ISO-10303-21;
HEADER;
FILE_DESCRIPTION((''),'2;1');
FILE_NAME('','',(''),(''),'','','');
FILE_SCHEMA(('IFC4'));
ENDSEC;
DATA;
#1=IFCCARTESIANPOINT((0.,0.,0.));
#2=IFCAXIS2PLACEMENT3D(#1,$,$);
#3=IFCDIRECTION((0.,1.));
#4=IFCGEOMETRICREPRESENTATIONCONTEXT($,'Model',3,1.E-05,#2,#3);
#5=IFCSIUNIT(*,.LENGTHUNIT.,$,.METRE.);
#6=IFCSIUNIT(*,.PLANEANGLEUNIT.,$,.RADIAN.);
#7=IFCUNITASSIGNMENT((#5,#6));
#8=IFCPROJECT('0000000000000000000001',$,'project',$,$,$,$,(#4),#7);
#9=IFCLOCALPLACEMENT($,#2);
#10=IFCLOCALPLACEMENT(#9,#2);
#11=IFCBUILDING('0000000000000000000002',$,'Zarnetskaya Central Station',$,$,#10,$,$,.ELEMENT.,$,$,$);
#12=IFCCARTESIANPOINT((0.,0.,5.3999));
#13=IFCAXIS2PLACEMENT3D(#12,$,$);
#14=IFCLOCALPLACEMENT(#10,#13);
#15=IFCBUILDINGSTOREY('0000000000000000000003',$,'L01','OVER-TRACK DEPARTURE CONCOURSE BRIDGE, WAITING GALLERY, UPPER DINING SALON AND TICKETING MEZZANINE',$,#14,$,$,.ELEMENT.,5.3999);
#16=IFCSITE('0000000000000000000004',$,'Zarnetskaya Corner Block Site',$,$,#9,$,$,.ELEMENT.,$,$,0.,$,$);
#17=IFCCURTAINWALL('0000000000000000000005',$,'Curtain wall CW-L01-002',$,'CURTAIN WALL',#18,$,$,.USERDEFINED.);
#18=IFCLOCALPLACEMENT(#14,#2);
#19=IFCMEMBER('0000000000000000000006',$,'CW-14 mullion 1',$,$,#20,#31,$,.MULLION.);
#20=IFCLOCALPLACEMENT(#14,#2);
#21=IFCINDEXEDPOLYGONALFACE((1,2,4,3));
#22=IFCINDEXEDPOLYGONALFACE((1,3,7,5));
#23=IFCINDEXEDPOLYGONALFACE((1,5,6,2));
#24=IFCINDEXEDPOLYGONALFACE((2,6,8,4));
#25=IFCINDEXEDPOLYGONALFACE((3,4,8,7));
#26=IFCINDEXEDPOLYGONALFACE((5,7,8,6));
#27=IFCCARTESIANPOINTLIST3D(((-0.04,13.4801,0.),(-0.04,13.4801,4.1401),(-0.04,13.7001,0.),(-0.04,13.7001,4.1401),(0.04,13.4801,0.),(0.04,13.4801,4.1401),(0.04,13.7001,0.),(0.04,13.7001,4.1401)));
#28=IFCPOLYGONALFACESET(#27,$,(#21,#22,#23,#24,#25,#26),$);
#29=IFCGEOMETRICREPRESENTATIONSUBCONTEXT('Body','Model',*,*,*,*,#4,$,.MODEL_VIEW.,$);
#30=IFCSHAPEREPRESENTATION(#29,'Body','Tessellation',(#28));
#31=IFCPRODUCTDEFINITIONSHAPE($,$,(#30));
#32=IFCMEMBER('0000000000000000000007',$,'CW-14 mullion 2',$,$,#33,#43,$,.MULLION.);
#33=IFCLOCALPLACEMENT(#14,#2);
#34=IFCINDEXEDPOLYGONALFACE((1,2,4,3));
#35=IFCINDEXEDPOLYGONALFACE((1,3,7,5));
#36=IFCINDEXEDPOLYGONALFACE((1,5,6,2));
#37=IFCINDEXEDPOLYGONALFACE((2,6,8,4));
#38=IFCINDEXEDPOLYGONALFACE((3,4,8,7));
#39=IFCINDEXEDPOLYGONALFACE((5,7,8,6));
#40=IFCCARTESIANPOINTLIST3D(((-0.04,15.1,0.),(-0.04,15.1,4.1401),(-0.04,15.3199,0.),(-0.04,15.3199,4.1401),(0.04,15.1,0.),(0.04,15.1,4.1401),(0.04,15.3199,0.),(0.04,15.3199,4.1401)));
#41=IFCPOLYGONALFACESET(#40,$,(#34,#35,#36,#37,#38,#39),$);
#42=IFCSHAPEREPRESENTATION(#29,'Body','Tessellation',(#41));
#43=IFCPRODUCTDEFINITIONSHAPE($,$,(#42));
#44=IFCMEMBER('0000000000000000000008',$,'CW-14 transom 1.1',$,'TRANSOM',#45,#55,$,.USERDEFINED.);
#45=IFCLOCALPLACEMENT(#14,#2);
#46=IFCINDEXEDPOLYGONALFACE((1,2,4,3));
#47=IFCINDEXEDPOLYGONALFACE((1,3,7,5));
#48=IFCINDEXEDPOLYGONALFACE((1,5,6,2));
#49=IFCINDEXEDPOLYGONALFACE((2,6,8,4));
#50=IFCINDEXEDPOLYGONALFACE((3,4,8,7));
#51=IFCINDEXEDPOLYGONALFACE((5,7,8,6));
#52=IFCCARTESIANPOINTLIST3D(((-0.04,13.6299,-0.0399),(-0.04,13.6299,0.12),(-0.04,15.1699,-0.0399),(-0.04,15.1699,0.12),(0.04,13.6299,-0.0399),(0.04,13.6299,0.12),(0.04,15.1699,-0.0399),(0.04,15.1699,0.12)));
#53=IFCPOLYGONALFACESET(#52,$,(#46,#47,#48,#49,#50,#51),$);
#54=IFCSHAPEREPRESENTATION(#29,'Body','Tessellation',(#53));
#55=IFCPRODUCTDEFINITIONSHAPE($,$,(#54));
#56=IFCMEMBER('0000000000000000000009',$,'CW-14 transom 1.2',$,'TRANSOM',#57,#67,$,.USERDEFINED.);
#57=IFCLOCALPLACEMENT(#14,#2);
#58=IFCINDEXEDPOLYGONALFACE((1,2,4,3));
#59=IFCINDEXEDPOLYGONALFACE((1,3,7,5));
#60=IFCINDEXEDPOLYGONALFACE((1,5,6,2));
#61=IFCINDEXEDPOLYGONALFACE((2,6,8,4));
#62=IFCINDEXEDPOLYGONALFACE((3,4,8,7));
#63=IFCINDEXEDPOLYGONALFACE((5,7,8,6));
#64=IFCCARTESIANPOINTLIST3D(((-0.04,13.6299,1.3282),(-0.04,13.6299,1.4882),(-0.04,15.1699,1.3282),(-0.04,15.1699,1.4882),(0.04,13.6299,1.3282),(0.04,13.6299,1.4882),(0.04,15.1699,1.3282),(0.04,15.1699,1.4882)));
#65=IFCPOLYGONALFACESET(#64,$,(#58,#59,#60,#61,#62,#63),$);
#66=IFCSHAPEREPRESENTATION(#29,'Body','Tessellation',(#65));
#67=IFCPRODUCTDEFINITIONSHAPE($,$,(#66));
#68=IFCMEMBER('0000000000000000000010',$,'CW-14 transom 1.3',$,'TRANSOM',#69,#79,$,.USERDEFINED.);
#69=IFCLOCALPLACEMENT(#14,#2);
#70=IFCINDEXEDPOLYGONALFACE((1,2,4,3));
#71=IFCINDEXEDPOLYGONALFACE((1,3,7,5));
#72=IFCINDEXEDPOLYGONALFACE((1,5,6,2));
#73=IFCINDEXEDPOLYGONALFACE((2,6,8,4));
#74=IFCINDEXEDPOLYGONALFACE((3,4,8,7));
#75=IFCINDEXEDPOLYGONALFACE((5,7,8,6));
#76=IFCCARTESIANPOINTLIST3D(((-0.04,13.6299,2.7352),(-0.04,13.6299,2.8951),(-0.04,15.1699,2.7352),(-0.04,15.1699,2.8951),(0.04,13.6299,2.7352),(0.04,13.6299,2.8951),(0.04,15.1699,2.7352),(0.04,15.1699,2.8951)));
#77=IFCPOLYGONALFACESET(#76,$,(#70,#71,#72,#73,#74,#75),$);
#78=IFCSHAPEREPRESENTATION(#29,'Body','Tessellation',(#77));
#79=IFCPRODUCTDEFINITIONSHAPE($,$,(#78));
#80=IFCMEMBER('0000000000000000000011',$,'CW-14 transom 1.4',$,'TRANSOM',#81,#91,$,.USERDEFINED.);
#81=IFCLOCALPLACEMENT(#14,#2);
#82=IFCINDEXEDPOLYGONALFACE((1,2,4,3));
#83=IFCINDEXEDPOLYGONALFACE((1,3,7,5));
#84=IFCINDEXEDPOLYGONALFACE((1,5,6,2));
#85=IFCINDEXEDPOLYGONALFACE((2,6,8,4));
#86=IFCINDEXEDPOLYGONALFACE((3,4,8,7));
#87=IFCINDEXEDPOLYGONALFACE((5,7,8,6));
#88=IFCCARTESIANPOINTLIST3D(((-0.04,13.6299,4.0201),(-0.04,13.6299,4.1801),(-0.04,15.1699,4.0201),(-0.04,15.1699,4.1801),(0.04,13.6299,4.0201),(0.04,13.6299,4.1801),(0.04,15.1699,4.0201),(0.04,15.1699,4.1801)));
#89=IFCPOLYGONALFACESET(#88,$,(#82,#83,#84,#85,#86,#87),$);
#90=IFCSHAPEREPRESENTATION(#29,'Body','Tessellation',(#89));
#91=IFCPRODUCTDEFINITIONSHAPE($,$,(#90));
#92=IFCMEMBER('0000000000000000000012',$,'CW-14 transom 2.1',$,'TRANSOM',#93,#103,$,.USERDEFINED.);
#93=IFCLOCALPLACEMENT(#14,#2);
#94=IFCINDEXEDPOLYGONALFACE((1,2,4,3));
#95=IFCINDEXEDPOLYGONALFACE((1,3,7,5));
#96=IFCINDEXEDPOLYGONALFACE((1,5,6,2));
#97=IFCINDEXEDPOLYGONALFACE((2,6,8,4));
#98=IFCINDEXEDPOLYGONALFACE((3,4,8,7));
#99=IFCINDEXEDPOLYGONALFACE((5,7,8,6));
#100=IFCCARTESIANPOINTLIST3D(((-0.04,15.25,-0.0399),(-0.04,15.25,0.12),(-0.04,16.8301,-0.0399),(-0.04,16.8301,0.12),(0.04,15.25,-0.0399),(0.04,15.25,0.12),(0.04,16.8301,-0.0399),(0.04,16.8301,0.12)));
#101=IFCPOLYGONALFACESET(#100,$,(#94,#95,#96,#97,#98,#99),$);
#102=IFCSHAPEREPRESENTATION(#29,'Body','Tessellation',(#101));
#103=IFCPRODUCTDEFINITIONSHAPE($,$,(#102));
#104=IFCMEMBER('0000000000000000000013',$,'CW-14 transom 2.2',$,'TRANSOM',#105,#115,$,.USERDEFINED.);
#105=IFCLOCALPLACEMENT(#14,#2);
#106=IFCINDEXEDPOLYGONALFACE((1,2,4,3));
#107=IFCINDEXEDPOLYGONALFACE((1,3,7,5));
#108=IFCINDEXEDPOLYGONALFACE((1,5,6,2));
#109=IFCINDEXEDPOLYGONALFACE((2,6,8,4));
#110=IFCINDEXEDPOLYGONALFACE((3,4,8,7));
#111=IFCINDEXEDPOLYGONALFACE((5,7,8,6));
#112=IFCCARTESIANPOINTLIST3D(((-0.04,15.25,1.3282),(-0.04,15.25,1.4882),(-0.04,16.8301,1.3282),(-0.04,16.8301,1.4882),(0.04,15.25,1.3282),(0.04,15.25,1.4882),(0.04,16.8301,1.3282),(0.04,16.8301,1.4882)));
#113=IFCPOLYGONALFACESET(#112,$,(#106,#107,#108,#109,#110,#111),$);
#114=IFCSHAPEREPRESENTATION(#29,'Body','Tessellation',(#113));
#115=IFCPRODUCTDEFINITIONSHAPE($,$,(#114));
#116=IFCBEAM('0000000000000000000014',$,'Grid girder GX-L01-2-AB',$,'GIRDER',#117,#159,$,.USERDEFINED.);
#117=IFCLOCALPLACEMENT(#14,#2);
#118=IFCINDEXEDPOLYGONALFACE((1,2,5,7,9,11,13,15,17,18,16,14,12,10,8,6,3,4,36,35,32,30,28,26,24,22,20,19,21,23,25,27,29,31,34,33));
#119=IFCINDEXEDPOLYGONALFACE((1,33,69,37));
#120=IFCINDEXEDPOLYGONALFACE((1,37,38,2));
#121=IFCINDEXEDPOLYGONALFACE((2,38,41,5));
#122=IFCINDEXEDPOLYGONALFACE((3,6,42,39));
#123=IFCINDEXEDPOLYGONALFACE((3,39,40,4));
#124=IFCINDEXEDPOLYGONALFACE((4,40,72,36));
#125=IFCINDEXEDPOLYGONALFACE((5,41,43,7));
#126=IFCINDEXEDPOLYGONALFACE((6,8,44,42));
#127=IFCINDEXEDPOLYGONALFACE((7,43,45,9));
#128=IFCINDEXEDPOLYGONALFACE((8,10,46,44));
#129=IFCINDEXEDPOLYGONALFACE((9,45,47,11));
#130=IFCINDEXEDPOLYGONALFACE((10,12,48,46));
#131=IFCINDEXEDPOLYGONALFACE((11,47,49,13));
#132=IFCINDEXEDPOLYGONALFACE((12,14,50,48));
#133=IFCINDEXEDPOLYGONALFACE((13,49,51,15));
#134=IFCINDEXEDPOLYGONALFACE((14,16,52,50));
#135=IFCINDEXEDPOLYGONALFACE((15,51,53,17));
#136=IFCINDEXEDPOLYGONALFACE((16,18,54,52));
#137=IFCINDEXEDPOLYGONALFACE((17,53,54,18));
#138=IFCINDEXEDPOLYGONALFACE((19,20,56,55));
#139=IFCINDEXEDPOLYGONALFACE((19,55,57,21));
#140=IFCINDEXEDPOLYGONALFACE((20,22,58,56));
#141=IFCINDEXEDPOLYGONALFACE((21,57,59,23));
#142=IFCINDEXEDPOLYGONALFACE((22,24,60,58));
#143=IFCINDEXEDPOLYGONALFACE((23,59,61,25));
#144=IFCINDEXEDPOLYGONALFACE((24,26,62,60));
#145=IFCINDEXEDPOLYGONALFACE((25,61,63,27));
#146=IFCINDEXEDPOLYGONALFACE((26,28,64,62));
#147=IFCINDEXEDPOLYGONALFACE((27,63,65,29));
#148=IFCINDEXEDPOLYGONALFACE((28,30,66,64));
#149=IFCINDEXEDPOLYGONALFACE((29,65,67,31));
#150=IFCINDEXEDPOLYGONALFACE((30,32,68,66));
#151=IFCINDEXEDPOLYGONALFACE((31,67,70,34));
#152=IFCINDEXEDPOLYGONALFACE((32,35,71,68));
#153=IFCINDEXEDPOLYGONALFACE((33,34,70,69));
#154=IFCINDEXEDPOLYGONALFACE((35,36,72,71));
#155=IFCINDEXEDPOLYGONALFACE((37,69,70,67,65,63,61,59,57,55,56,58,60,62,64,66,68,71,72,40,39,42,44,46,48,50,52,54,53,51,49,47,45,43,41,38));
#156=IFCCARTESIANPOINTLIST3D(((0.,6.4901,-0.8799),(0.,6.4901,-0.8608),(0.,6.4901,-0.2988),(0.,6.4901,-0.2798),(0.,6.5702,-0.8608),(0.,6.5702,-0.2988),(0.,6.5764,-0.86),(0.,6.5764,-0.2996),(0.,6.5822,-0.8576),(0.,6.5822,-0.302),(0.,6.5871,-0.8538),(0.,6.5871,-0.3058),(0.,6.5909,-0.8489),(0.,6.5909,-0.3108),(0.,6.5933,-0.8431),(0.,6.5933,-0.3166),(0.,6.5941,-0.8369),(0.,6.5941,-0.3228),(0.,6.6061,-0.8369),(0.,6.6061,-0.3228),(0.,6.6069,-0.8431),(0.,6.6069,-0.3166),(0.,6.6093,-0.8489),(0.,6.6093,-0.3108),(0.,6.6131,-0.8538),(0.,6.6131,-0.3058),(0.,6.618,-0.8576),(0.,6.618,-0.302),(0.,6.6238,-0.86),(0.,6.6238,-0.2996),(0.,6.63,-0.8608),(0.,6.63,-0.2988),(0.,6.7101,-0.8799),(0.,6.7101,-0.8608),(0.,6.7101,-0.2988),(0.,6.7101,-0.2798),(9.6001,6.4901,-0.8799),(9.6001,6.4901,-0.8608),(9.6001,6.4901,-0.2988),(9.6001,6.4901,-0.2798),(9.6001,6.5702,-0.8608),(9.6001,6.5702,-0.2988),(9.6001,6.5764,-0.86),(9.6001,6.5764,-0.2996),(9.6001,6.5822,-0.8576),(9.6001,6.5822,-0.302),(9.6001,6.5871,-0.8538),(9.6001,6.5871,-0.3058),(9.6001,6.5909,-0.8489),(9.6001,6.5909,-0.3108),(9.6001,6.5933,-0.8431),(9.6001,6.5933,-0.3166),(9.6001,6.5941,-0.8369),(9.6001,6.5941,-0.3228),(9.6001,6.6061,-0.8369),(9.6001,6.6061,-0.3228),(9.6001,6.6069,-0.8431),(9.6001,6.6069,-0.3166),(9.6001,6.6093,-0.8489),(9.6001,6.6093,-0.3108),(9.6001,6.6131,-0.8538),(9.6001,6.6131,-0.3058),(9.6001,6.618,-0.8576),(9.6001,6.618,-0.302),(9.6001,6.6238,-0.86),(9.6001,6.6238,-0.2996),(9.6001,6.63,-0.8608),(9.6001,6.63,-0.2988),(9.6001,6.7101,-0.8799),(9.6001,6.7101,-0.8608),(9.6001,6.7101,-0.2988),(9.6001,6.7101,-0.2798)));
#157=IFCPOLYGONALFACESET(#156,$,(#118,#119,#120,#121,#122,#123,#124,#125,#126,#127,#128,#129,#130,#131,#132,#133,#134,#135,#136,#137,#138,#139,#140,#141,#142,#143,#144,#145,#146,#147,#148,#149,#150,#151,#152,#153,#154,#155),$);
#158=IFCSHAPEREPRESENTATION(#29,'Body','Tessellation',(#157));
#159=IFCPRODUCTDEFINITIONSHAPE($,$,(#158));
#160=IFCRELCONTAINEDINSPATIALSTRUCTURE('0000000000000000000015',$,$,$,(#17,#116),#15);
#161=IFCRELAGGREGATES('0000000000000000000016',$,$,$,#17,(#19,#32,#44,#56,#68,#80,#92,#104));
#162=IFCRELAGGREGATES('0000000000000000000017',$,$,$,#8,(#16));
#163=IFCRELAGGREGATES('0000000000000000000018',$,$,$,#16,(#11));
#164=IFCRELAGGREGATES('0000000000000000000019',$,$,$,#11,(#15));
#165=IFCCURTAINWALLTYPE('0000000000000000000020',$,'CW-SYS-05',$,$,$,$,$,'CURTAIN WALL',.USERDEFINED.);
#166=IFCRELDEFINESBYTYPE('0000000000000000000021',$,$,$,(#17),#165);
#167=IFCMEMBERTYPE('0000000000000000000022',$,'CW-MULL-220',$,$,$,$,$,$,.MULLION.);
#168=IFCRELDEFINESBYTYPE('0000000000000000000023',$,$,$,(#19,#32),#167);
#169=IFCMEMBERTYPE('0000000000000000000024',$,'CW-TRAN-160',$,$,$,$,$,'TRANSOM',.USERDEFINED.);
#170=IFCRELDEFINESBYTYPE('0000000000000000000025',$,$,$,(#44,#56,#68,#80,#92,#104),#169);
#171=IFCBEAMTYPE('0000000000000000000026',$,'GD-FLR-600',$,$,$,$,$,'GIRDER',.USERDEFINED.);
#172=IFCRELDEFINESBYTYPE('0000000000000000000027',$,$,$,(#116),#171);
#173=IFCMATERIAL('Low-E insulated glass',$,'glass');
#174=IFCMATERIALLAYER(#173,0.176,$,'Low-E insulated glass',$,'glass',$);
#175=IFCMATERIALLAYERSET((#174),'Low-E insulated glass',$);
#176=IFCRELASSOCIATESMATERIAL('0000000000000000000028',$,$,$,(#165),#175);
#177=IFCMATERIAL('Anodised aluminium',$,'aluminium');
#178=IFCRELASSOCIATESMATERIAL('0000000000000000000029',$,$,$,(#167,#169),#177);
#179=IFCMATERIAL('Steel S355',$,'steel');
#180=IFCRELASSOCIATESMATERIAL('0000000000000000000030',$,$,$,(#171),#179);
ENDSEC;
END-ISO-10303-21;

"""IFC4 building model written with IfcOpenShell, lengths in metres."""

from ifc_helpers import new_model, si_unit, direction, frame, origin, origin_2d, place, context, subcontext, project, spatial, rectangle, i_section, extrude, material, layer, layer_set, material_profile, profile_set, type_object, element, aggregate, save


model = new_model("IFC4")

# Units and contexts
model_context = context("Model", 3, precision=1e-05, world=origin(), true_north=direction((0.0, 1.0)))
body_context = subcontext(model_context, "Body", "Model", "MODEL_VIEW")
ifc_project = project(units=[si_unit("LENGTHUNIT", "METRE"), si_unit("PLANEANGLEUNIT", "RADIAN")], contexts=[model_context])

# Site, building, storey
site_placement = place(None, origin())
site = spatial("IfcSite", under=ifc_project, at=site_placement, Name="Zarnetskaya Corner Block Site", CompositionType="ELEMENT", RefElevation=0.0)
building_placement = place(site_placement, origin())
building = spatial("IfcBuilding", under=site, at=building_placement, Name="Zarnetskaya Central Station", CompositionType="ELEMENT")
storey_placement = place(building_placement, frame((0.0, 0.0, 5.3999)))
storey = spatial("IfcBuildingStorey", under=building, at=storey_placement, Name="L01", Description="OVER-TRACK DEPARTURE CONCOURSE BRIDGE, WAITING GALLERY, UPPER DINING SALON AND TICKETING MEZZANINE", CompositionType="ELEMENT", Elevation=5.3999)

# Shared definitions
ifc_material_1 = material(Name="Steel S355", Category="steel")

# Curtain wall, members
ifc_material_2 = material(Name="Low-E insulated glass", Category="glass")
ifc_layer_1 = layer(ifc_material_2, 0.176, Name="Low-E insulated glass", Category="glass")
ifc_layer_set_1 = layer_set([ifc_layer_1], Name="Low-E insulated glass")
curtain_wall_type = type_object("IfcCurtainWallType", Name="CW-SYS-05", ElementType="CURTAIN WALL", PredefinedType="USERDEFINED", material=ifc_layer_set_1)
curtain_wall_placement = place(storey_placement, origin())
curtain_wall = element("IfcCurtainWall", 1, at=curtain_wall_placement, inside=storey, type_object=curtain_wall_type, Name="Curtain wall CW-L01-002", ObjectType="CURTAIN WALL", PredefinedType="USERDEFINED")
ifc_material_3 = material(Name="Anodised aluminium", Category="aluminium")
ifc_material_profile_1 = material_profile(ifc_material_3, rectangle(XDim=0.0801, YDim=0.22, at=origin_2d()), Name="ALU MULL 80x220")
ifc_profile_set_1 = profile_set([ifc_material_profile_1], Name="Anodised aluminium")
member_type_1 = type_object("IfcMemberType", Name="CW-MULL-220", PredefinedType="MULLION", material=ifc_profile_set_1)
member_1_placement = place(storey_placement, frame((0.0, 13.5901, 0.0), z_axis=(0.0, 0.0, 1.0), x_axis=(-1.0, 0.0, 0.0)))
member_1 = element("IfcMember", 2, at=member_1_placement, type_object=member_type_1, Name="CW-14 mullion 1", PredefinedType="MULLION", context=body_context, shape_type="SweptSolid", body=[
    extrude(rectangle(XDim=0.0801, YDim=0.22, at=origin_2d()), origin(), (0.0, 0.0, 1.0), 4.1401),
])
member_2_placement = place(storey_placement, frame((0.0, 15.21, 0.0), z_axis=(0.0, 0.0, 1.0), x_axis=(-1.0, 0.0, 0.0)))
member_2 = element("IfcMember", 3, at=member_2_placement, type_object=member_type_1, Name="CW-14 mullion 2", PredefinedType="MULLION", context=body_context, shape_type="SweptSolid", body=[
    extrude(rectangle(XDim=0.0801, YDim=0.22, at=origin_2d()), origin(), (0.0, 0.0, 1.0), 4.1401),
])
ifc_material_profile_2 = material_profile(ifc_material_3, rectangle(XDim=0.0801, YDim=0.1599, at=origin_2d()), Name="ALU TRAN 80x160")
ifc_profile_set_2 = profile_set([ifc_material_profile_2], Name="Anodised aluminium")
member_type_2 = type_object("IfcMemberType", Name="CW-TRAN-160", ElementType="TRANSOM", PredefinedType="USERDEFINED", material=ifc_profile_set_2)
member_3_placement = place(storey_placement, frame((0.0, 13.6299, 0.04), z_axis=(0.0, 1.0, 0.0), x_axis=(-1.0, 0.0, 0.0)))
member_3 = element("IfcMember", 4, at=member_3_placement, type_object=member_type_2, Name="CW-14 transom 1.1", ObjectType="TRANSOM", PredefinedType="USERDEFINED", context=body_context, shape_type="SweptSolid", body=[
    extrude(rectangle(XDim=0.0801, YDim=0.1599, at=origin_2d()), origin(), (0.0, 0.0, 1.0), 1.54),
])
member_4_placement = place(storey_placement, frame((0.0, 13.6299, 1.4082), z_axis=(0.0, 1.0, 0.0), x_axis=(-1.0, 0.0, 0.0)))
member_4 = element("IfcMember", 5, at=member_4_placement, type_object=member_type_2, Name="CW-14 transom 1.2", ObjectType="TRANSOM", PredefinedType="USERDEFINED", context=body_context, shape_type="SweptSolid", body=[
    extrude(rectangle(XDim=0.0801, YDim=0.1599, at=origin_2d()), origin(), (0.0, 0.0, 1.0), 1.54),
])
member_5_placement = place(storey_placement, frame((0.0, 13.6299, 2.8152), z_axis=(0.0, 1.0, 0.0), x_axis=(-1.0, 0.0, 0.0)))
member_5 = element("IfcMember", 6, at=member_5_placement, type_object=member_type_2, Name="CW-14 transom 1.3", ObjectType="TRANSOM", PredefinedType="USERDEFINED", context=body_context, shape_type="SweptSolid", body=[
    extrude(rectangle(XDim=0.0801, YDim=0.1599, at=origin_2d()), origin(), (0.0, 0.0, 1.0), 1.54),
])
member_6_placement = place(storey_placement, frame((0.0, 13.6299, 4.1001), z_axis=(0.0, 1.0, 0.0), x_axis=(-1.0, 0.0, 0.0)))
member_6 = element("IfcMember", 7, at=member_6_placement, type_object=member_type_2, Name="CW-14 transom 1.4", ObjectType="TRANSOM", PredefinedType="USERDEFINED", context=body_context, shape_type="SweptSolid", body=[
    extrude(rectangle(XDim=0.0801, YDim=0.1599, at=origin_2d()), origin(), (0.0, 0.0, 1.0), 1.54),
])
member_7_placement = place(storey_placement, frame((0.0, 15.25, 0.04), z_axis=(0.0, 1.0, 0.0), x_axis=(-1.0, 0.0, 0.0)))
member_7 = element("IfcMember", 8, at=member_7_placement, type_object=member_type_2, Name="CW-14 transom 2.1", ObjectType="TRANSOM", PredefinedType="USERDEFINED", context=body_context, shape_type="SweptSolid", body=[
    extrude(rectangle(XDim=0.0801, YDim=0.1599, at=origin_2d()), origin(), (0.0, 0.0, 1.0), 1.5801),
])
member_8_placement = place(storey_placement, frame((0.0, 15.25, 1.4082), z_axis=(0.0, 1.0, 0.0), x_axis=(-1.0, 0.0, 0.0)))
member_8 = element("IfcMember", 9, at=member_8_placement, type_object=member_type_2, Name="CW-14 transom 2.2", ObjectType="TRANSOM", PredefinedType="USERDEFINED", context=body_context, shape_type="SweptSolid", body=[
    extrude(rectangle(XDim=0.0801, YDim=0.1599, at=origin_2d()), origin(), (0.0, 0.0, 1.0), 1.5801),
])

# Beam
ifc_material_profile_3 = material_profile(ifc_material_1, i_section(OverallWidth=0.22, OverallDepth=0.6001, WebThickness=0.012, FlangeThickness=0.019, FilletRadius=0.0239, at=origin_2d()), Name="IPE 600")
ifc_profile_set_3 = profile_set([ifc_material_profile_3], Name="Steel S355")
beam_type_1 = type_object("IfcBeamType", Name="GD-FLR-600", ElementType="GIRDER", PredefinedType="USERDEFINED", material=ifc_profile_set_3)
for number, where, z_axis, x_axis, name in (
    (10, (0.0, 6.6001, -0.5798), (1.0, 0.0, 0.0), (0.0, 1.0, 0.0), "Grid girder GX-L01-2-AB"),
):
    element("IfcBeam", number, at=place(storey_placement, frame(where, z_axis=z_axis, x_axis=x_axis)), inside=storey, type_object=beam_type_1, Name=name, ObjectType="GIRDER", PredefinedType="USERDEFINED", context=body_context, shape_type="SweptSolid", body=[
        extrude(i_section(OverallWidth=0.22, OverallDepth=0.6001, WebThickness=0.012, FlangeThickness=0.019, FilletRadius=0.0239, at=origin_2d()), origin(), (0.0, 0.0, 1.0), 9.6001),
    ])

aggregate(curtain_wall, [member_1, member_2, member_3, member_4, member_5, member_6, member_7, member_8])

save(model, "model.ifc")
